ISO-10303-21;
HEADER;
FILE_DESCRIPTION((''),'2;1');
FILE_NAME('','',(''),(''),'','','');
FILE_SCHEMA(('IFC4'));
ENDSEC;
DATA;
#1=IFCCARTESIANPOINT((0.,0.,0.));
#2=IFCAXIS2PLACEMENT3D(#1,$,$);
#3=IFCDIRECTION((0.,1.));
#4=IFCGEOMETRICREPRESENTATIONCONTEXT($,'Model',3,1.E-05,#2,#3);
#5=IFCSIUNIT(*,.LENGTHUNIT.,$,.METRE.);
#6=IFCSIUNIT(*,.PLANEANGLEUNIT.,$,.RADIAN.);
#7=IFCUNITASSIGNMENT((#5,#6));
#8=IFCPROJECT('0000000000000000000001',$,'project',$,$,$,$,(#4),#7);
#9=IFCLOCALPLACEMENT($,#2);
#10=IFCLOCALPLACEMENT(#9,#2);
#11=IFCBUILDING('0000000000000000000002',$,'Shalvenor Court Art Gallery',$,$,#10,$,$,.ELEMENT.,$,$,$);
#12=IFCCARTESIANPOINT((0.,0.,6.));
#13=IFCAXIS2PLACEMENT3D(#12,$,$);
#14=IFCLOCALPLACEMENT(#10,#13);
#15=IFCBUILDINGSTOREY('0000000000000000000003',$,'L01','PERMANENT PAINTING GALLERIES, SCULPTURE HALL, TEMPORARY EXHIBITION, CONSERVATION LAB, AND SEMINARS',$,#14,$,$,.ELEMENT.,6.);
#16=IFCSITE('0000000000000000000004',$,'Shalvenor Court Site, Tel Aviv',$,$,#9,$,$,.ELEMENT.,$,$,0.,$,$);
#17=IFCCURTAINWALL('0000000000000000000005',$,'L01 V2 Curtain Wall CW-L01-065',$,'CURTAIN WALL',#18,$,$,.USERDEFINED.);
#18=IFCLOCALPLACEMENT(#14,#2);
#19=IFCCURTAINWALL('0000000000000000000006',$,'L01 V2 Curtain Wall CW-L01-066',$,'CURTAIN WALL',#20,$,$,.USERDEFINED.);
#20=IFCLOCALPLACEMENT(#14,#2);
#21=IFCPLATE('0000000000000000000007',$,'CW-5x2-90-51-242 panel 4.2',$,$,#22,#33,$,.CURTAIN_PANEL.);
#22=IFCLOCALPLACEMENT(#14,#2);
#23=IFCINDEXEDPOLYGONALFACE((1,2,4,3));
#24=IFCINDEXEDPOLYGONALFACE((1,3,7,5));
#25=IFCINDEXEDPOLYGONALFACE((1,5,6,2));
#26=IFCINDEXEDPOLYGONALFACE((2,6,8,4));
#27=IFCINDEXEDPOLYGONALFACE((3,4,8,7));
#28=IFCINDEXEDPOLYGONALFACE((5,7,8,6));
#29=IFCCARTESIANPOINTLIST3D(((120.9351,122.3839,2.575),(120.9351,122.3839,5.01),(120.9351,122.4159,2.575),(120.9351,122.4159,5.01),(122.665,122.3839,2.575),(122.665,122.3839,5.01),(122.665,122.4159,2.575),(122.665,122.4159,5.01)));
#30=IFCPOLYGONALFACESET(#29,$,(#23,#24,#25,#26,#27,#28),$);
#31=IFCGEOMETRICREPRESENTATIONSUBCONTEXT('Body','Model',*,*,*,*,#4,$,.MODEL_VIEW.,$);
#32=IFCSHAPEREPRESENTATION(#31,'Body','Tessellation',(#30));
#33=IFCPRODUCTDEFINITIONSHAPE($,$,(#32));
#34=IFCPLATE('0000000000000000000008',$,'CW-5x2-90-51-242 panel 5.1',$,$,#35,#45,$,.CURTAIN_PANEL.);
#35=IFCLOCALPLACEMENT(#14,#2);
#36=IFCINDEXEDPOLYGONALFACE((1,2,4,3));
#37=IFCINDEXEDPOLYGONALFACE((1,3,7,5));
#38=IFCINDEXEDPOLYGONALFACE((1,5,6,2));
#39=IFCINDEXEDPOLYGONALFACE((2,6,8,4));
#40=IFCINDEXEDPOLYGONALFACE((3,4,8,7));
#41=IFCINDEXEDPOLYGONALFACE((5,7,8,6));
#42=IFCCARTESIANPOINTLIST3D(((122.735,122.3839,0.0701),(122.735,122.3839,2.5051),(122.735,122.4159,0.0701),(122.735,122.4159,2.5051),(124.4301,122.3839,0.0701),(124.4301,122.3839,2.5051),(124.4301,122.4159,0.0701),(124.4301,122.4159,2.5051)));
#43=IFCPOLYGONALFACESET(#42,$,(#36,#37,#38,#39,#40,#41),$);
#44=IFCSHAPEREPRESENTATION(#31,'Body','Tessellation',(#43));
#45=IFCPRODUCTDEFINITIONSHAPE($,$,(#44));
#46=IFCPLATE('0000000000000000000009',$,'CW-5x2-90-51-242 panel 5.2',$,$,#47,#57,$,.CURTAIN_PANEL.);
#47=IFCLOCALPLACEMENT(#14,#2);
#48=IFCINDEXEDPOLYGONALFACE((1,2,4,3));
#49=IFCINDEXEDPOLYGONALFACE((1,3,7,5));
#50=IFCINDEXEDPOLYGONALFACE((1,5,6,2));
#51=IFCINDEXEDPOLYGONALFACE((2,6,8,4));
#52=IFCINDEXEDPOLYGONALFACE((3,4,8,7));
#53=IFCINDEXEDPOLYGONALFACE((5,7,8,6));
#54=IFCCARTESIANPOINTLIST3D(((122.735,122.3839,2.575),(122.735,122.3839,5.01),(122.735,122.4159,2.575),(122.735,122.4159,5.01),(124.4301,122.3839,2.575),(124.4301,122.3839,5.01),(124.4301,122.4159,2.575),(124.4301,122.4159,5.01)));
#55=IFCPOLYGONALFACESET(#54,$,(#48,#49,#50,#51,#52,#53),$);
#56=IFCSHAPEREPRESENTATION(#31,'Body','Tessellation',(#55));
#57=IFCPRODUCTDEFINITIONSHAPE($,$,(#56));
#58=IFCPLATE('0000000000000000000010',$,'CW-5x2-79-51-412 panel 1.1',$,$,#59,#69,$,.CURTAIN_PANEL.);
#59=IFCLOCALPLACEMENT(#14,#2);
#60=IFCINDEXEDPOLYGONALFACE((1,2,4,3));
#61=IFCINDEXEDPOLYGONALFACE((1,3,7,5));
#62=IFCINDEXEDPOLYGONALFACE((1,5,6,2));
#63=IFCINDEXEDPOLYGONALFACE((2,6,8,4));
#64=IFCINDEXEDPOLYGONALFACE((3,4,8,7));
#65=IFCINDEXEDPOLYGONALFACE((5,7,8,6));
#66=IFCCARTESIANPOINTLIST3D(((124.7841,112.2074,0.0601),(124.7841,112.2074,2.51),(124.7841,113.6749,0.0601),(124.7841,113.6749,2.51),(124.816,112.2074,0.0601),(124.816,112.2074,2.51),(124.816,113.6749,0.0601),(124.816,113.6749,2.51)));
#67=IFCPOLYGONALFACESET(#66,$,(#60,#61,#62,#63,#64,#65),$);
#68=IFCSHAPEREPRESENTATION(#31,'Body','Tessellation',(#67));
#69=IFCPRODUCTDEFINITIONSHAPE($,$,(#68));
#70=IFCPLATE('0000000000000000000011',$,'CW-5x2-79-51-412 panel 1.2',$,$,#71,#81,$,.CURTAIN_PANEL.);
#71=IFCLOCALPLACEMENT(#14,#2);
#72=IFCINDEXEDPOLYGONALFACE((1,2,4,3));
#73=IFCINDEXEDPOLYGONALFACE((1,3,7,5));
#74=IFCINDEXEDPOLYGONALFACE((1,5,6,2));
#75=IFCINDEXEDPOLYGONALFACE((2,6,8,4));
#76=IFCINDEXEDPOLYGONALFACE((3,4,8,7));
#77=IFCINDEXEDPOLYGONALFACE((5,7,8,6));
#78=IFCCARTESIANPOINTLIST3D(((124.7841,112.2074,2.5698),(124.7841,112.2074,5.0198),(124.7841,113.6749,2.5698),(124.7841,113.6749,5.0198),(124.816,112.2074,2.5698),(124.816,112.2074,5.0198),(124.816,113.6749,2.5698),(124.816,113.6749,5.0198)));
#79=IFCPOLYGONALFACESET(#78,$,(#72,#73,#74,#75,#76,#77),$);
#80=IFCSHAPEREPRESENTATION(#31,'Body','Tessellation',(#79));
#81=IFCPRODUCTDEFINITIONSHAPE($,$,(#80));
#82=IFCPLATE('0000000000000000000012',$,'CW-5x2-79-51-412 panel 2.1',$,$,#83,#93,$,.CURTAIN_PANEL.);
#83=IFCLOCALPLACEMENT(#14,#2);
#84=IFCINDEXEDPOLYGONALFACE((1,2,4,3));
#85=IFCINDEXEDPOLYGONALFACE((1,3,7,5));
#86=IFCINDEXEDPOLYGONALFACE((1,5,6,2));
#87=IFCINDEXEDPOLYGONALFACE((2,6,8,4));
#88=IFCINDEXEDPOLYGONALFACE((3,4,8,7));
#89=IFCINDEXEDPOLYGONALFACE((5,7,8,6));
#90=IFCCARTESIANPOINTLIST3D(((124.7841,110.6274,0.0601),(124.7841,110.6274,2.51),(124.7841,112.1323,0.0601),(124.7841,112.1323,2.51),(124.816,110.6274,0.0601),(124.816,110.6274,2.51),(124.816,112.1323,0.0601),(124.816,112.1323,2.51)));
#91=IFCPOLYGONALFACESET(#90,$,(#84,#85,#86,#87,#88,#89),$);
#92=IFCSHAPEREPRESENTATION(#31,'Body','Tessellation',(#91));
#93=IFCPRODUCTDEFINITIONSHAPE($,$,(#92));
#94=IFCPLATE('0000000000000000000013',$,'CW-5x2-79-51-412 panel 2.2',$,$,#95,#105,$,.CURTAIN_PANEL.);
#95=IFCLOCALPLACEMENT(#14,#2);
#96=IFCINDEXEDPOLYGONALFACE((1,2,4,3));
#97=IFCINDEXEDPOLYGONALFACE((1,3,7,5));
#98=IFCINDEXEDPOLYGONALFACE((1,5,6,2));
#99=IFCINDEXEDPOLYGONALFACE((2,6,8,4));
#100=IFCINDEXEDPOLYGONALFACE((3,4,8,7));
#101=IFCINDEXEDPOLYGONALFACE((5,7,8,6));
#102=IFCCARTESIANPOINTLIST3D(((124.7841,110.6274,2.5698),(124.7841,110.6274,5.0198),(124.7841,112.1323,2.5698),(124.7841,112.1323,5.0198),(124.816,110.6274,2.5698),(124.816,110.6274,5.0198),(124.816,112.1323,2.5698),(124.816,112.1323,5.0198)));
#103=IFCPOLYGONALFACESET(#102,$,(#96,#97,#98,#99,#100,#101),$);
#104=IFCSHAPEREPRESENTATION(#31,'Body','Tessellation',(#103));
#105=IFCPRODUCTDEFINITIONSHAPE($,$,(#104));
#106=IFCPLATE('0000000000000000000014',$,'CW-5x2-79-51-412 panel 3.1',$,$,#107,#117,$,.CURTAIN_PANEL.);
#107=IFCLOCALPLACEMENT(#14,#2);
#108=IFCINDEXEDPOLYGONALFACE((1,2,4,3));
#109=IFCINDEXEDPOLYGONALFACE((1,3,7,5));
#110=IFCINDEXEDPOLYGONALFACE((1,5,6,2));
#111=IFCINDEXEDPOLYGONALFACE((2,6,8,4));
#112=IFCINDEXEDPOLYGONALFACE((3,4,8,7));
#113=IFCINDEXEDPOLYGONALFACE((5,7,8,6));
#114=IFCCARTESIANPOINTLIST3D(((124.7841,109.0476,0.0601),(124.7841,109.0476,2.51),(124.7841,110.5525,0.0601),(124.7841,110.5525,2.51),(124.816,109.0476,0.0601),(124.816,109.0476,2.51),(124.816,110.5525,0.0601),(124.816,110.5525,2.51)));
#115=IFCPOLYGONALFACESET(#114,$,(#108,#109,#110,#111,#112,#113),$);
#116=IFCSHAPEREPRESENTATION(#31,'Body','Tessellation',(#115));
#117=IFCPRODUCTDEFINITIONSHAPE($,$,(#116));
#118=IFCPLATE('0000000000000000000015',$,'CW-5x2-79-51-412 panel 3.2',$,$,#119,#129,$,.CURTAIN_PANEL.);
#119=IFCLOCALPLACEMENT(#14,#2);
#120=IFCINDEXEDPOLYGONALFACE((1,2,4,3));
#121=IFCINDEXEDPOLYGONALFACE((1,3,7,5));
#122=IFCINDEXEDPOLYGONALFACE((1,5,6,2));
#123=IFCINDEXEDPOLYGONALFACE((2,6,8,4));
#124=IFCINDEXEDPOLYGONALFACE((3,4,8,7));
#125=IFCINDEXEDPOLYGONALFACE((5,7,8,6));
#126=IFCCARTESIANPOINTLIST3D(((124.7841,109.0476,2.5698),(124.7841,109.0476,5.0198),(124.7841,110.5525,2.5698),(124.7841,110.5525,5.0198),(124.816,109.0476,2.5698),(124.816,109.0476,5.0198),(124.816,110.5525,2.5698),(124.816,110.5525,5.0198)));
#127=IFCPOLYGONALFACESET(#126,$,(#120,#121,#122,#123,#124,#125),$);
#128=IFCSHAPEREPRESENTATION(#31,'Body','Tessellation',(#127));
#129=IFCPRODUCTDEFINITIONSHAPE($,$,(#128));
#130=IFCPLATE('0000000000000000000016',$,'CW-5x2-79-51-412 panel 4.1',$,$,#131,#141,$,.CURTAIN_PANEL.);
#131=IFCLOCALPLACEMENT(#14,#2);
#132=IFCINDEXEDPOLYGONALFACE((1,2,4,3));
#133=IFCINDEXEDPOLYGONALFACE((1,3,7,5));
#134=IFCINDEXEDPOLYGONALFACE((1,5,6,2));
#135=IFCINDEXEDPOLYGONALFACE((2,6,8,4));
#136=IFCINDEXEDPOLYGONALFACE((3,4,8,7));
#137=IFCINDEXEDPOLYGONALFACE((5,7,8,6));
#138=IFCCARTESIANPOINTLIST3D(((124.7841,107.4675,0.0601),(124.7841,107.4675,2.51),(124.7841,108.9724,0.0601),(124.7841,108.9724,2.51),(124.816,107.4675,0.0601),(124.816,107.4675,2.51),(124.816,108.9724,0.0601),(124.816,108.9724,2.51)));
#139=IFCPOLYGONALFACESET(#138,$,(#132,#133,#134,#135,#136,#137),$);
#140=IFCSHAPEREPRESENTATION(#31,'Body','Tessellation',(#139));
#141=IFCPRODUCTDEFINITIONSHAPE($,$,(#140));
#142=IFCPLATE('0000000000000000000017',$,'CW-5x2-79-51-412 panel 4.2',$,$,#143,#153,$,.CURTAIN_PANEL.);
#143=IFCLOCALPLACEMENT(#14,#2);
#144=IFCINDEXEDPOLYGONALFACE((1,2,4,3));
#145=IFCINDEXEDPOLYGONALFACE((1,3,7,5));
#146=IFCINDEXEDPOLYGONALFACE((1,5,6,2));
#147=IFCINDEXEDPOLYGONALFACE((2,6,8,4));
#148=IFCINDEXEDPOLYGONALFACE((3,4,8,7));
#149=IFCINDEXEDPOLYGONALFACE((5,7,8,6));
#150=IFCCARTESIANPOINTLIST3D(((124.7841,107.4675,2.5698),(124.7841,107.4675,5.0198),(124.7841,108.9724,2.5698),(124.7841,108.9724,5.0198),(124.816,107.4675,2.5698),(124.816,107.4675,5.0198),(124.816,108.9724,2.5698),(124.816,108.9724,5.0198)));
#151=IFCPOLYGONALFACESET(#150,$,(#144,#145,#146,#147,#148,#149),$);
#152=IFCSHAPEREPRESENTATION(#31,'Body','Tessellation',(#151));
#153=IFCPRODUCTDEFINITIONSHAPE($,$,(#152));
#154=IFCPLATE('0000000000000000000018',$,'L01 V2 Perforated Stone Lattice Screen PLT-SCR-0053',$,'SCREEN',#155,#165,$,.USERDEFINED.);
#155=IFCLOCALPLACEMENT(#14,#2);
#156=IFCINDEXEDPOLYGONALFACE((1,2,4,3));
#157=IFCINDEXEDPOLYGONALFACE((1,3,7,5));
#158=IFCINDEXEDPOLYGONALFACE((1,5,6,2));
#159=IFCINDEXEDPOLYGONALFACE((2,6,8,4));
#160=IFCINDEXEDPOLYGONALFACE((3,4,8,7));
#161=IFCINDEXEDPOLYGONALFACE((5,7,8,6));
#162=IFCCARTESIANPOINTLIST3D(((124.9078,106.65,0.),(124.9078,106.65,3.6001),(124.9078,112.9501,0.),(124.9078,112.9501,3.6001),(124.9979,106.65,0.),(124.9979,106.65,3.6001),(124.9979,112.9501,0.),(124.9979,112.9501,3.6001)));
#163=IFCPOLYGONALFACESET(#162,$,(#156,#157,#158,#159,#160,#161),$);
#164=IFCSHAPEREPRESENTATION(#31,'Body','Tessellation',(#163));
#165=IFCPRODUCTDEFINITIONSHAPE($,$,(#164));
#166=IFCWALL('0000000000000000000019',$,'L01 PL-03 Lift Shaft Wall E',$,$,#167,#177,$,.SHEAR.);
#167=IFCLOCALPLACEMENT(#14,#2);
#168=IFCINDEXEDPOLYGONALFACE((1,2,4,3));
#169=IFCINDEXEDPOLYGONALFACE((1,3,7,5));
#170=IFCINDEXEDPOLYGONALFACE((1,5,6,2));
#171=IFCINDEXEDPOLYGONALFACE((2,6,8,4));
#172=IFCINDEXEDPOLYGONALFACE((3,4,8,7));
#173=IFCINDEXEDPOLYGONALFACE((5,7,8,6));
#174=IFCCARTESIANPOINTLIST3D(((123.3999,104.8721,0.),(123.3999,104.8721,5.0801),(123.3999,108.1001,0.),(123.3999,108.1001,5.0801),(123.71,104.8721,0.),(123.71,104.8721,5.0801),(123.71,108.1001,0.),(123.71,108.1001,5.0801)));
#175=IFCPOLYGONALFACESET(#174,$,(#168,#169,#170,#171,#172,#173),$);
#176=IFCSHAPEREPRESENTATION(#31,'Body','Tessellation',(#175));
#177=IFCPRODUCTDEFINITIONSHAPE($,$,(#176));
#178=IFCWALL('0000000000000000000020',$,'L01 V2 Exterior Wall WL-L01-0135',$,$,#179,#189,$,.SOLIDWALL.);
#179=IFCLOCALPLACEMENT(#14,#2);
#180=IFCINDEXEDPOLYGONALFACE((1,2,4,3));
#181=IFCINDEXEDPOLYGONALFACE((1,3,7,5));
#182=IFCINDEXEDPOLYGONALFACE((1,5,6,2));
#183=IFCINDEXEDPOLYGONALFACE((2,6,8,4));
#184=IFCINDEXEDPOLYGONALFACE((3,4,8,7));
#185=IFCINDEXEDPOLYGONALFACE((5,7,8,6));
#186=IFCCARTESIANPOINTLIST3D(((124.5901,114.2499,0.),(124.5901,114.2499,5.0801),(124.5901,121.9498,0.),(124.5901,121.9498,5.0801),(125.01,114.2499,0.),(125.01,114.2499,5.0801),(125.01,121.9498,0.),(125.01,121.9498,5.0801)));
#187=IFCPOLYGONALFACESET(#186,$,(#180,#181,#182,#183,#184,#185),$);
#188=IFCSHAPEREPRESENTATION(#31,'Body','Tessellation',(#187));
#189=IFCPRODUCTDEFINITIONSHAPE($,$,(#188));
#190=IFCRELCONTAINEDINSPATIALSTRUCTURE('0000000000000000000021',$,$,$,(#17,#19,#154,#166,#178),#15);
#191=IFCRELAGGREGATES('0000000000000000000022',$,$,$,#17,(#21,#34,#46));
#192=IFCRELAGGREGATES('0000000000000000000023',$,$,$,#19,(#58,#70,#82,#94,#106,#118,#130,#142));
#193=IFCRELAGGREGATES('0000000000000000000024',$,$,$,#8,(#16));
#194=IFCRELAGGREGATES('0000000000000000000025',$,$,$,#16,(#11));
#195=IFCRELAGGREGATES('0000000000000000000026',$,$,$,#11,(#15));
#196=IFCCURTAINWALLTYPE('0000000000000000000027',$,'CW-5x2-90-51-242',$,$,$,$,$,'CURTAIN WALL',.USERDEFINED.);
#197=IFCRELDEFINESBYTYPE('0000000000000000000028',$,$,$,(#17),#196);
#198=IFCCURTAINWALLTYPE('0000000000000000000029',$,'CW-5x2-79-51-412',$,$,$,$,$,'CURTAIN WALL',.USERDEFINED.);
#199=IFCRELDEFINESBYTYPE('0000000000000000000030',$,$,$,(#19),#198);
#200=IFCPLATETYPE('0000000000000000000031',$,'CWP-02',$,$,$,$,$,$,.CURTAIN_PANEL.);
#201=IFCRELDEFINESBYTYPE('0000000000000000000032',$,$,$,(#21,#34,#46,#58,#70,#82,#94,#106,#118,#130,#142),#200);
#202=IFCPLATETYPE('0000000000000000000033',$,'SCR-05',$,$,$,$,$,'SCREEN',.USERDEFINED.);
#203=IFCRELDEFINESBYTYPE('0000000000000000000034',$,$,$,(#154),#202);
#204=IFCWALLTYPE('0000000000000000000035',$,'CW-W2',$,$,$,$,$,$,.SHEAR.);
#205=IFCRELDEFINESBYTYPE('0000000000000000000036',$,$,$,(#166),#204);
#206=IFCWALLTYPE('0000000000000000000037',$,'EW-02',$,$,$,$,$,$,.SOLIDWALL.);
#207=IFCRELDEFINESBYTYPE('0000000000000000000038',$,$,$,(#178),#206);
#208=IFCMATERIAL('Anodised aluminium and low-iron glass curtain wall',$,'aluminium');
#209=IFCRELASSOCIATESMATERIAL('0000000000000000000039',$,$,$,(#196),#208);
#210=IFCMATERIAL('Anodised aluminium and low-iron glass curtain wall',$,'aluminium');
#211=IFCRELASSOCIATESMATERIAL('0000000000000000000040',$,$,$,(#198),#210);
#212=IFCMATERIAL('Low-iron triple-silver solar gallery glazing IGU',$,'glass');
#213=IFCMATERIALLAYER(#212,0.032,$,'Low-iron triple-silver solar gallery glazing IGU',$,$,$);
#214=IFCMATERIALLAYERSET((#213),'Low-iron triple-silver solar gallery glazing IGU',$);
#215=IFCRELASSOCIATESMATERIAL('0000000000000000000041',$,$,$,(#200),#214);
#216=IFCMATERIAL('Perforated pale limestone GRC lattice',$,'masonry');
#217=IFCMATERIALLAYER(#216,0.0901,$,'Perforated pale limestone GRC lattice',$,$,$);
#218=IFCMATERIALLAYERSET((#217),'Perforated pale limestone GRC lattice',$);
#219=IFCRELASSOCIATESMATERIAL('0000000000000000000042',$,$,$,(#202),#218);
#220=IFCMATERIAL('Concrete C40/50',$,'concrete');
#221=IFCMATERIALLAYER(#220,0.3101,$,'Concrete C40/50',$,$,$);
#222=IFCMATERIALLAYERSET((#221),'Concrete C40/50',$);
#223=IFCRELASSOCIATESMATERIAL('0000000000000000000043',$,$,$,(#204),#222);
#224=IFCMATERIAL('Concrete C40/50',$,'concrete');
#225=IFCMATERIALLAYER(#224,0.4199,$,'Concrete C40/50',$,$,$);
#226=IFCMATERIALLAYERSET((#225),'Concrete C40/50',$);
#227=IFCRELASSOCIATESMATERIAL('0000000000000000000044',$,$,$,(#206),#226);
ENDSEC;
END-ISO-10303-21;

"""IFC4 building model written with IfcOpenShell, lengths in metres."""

from ifc_helpers import new_model, si_unit, direction, frame, frame_2d, origin, origin_2d, place, context, subcontext, project, spatial, rectangle, extrude, material, layer, layer_set, type_object, element, aggregate, save


model = new_model("IFC4")

# Units and contexts
model_context = context("Model", 3, precision=1e-05, world=origin(), true_north=direction((0.0, 1.0)))
body_context = subcontext(model_context, "Body", "Model", "MODEL_VIEW")
ifc_project = project(units=[si_unit("LENGTHUNIT", "METRE"), si_unit("PLANEANGLEUNIT", "RADIAN")], contexts=[model_context])

# Site, building, storey
site_placement = place(None, origin())
site = spatial("IfcSite", under=ifc_project, at=site_placement, Name="Shalvenor Court Site, Tel Aviv", CompositionType="ELEMENT", RefElevation=0.0)
building_placement = place(site_placement, origin())
building = spatial("IfcBuilding", under=site, at=building_placement, Name="Shalvenor Court Art Gallery", CompositionType="ELEMENT")
storey_placement = place(building_placement, frame((0.0, 0.0, 6.0)))
storey = spatial("IfcBuildingStorey", under=building, at=storey_placement, Name="L01", Description="PERMANENT PAINTING GALLERIES, SCULPTURE HALL, TEMPORARY EXHIBITION, CONSERVATION LAB, AND SEMINARS", CompositionType="ELEMENT", Elevation=6.0)

# Curtain walls
ifc_material_1 = material(Name="Anodised aluminium and low-iron glass curtain wall", Category="aluminium")
curtain_wall_type_1 = type_object("IfcCurtainWallType", Name="CW-5x2-90-51-242", ElementType="CURTAIN WALL", PredefinedType="USERDEFINED", material=ifc_material_1)
curtain_wall_1_placement = place(storey_placement, origin())
curtain_wall_1 = element("IfcCurtainWall", 1, at=curtain_wall_1_placement, inside=storey, type_object=curtain_wall_type_1, Name="L01 V2 Curtain Wall CW-L01-065", ObjectType="CURTAIN WALL", PredefinedType="USERDEFINED")
ifc_material_2 = material(Name="Anodised aluminium and low-iron glass curtain wall", Category="aluminium")
curtain_wall_type_2 = type_object("IfcCurtainWallType", Name="CW-5x2-79-51-412", ElementType="CURTAIN WALL", PredefinedType="USERDEFINED", material=ifc_material_2)
curtain_wall_2_placement = place(storey_placement, origin())
curtain_wall_2 = element("IfcCurtainWall", 2, at=curtain_wall_2_placement, inside=storey, type_object=curtain_wall_type_2, Name="L01 V2 Curtain Wall CW-L01-066", ObjectType="CURTAIN WALL", PredefinedType="USERDEFINED")

# Plates
ifc_material_3 = material(Name="Low-iron triple-silver solar gallery glazing IGU", Category="glass")
ifc_layer_1 = layer(ifc_material_3, 0.032, Name="Low-iron triple-silver solar gallery glazing IGU")
ifc_layer_set_1 = layer_set([ifc_layer_1], Name="Low-iron triple-silver solar gallery glazing IGU")
plate_type_1 = type_object("IfcPlateType", Name="CWP-02", PredefinedType="CURTAIN_PANEL", material=ifc_layer_set_1)
plate_1_placement = place(storey_placement, frame((121.8, 122.3999, 2.575), z_axis=(0.0, 0.0, 1.0), x_axis=(1.0, 0.0, 0.0)))
plate_1 = element("IfcPlate", 3, at=plate_1_placement, type_object=plate_type_1, Name="CW-5x2-90-51-242 panel 4.2", PredefinedType="CURTAIN_PANEL", context=body_context, shape_type="SweptSolid", body=[
    extrude(rectangle(XDim=1.73, YDim=0.032, at=origin_2d()), origin(), (0.0, 0.0, 1.0), 2.4351),
])
plate_2_placement = place(storey_placement, frame((123.5825, 122.3999, 0.0701), z_axis=(0.0, 0.0, 1.0), x_axis=(1.0, 0.0, 0.0)))
plate_2 = element("IfcPlate", 4, at=plate_2_placement, type_object=plate_type_1, Name="CW-5x2-90-51-242 panel 5.1", PredefinedType="CURTAIN_PANEL", context=body_context, shape_type="SweptSolid", body=[
    extrude(rectangle(XDim=1.6951, YDim=0.032, at=origin_2d()), origin(), (0.0, 0.0, 1.0), 2.4351),
])
plate_3_placement = place(storey_placement, frame((123.5825, 122.3999, 2.575), z_axis=(0.0, 0.0, 1.0), x_axis=(1.0, 0.0, 0.0)))
plate_3 = element("IfcPlate", 5, at=plate_3_placement, type_object=plate_type_1, Name="CW-5x2-90-51-242 panel 5.2", PredefinedType="CURTAIN_PANEL", context=body_context, shape_type="SweptSolid", body=[
    extrude(rectangle(XDim=1.6951, YDim=0.032, at=origin_2d()), origin(), (0.0, 0.0, 1.0), 2.4351),
])
aggregate(curtain_wall_1, [plate_1, plate_2, plate_3])
plate_4_placement = place(storey_placement, frame((124.8, 112.9412, 0.0601), z_axis=(0.0, 0.0, 1.0), x_axis=(0.0, -1.0, 0.0)))
plate_4 = element("IfcPlate", 6, at=plate_4_placement, type_object=plate_type_1, Name="CW-5x2-79-51-412 panel 1.1", PredefinedType="CURTAIN_PANEL", context=body_context, shape_type="SweptSolid", body=[
    extrude(rectangle(XDim=1.4675, YDim=0.032, at=origin_2d()), origin(), (0.0, 0.0, 1.0), 2.45),
])
plate_5_placement = place(storey_placement, frame((124.8, 112.9412, 2.5698), z_axis=(0.0, 0.0, 1.0), x_axis=(0.0, -1.0, 0.0)))
plate_5 = element("IfcPlate", 7, at=plate_5_placement, type_object=plate_type_1, Name="CW-5x2-79-51-412 panel 1.2", PredefinedType="CURTAIN_PANEL", context=body_context, shape_type="SweptSolid", body=[
    extrude(rectangle(XDim=1.4675, YDim=0.032, at=origin_2d()), origin(), (0.0, 0.0, 1.0), 2.45),
])
plate_6_placement = place(storey_placement, frame((124.8, 111.3799, 0.0601), z_axis=(0.0, 0.0, 1.0), x_axis=(0.0, -1.0, 0.0)))
plate_6 = element("IfcPlate", 8, at=plate_6_placement, type_object=plate_type_1, Name="CW-5x2-79-51-412 panel 2.1", PredefinedType="CURTAIN_PANEL", context=body_context, shape_type="SweptSolid", body=[
    extrude(rectangle(XDim=1.5049, YDim=0.032, at=origin_2d()), origin(), (0.0, 0.0, 1.0), 2.45),
])
plate_7_placement = place(storey_placement, frame((124.8, 111.3799, 2.5698), z_axis=(0.0, 0.0, 1.0), x_axis=(0.0, -1.0, 0.0)))
plate_7 = element("IfcPlate", 9, at=plate_7_placement, type_object=plate_type_1, Name="CW-5x2-79-51-412 panel 2.2", PredefinedType="CURTAIN_PANEL", context=body_context, shape_type="SweptSolid", body=[
    extrude(rectangle(XDim=1.5049, YDim=0.032, at=origin_2d()), origin(), (0.0, 0.0, 1.0), 2.45),
])
plate_8_placement = place(storey_placement, frame((124.8, 109.8, 0.0601), z_axis=(0.0, 0.0, 1.0), x_axis=(0.0, -1.0, 0.0)))
plate_8 = element("IfcPlate", 10, at=plate_8_placement, type_object=plate_type_1, Name="CW-5x2-79-51-412 panel 3.1", PredefinedType="CURTAIN_PANEL", context=body_context, shape_type="SweptSolid", body=[
    extrude(rectangle(XDim=1.5049, YDim=0.032, at=origin_2d()), origin(), (0.0, 0.0, 1.0), 2.45),
])
plate_9_placement = place(storey_placement, frame((124.8, 109.8, 2.5698), z_axis=(0.0, 0.0, 1.0), x_axis=(0.0, -1.0, 0.0)))
plate_9 = element("IfcPlate", 11, at=plate_9_placement, type_object=plate_type_1, Name="CW-5x2-79-51-412 panel 3.2", PredefinedType="CURTAIN_PANEL", context=body_context, shape_type="SweptSolid", body=[
    extrude(rectangle(XDim=1.5049, YDim=0.032, at=origin_2d()), origin(), (0.0, 0.0, 1.0), 2.45),
])
plate_10_placement = place(storey_placement, frame((124.8, 108.22, 0.0601), z_axis=(0.0, 0.0, 1.0), x_axis=(0.0, -1.0, 0.0)))
plate_10 = element("IfcPlate", 12, at=plate_10_placement, type_object=plate_type_1, Name="CW-5x2-79-51-412 panel 4.1", PredefinedType="CURTAIN_PANEL", context=body_context, shape_type="SweptSolid", body=[
    extrude(rectangle(XDim=1.5049, YDim=0.032, at=origin_2d()), origin(), (0.0, 0.0, 1.0), 2.45),
])
plate_11_placement = place(storey_placement, frame((124.8, 108.22, 2.5698), z_axis=(0.0, 0.0, 1.0), x_axis=(0.0, -1.0, 0.0)))
plate_11 = element("IfcPlate", 13, at=plate_11_placement, type_object=plate_type_1, Name="CW-5x2-79-51-412 panel 4.2", PredefinedType="CURTAIN_PANEL", context=body_context, shape_type="SweptSolid", body=[
    extrude(rectangle(XDim=1.5049, YDim=0.032, at=origin_2d()), origin(), (0.0, 0.0, 1.0), 2.45),
])
aggregate(curtain_wall_2, [plate_4, plate_5, plate_6, plate_7, plate_8, plate_9, plate_10, plate_11])
ifc_material_4 = material(Name="Perforated pale limestone GRC lattice", Category="masonry")
ifc_layer_2 = layer(ifc_material_4, 0.0901, Name="Perforated pale limestone GRC lattice")
ifc_layer_set_2 = layer_set([ifc_layer_2], Name="Perforated pale limestone GRC lattice")
plate_type_2 = type_object("IfcPlateType", Name="SCR-05", ElementType="SCREEN", PredefinedType="USERDEFINED", material=ifc_layer_set_2)
plate_12_placement = place(storey_placement, frame((124.9529, 109.8, 0.0), z_axis=(0.0, 0.0, 1.0), x_axis=(0.0, -1.0, 0.0)))
element("IfcPlate", 14, at=plate_12_placement, inside=storey, type_object=plate_type_2, Name="L01 V2 Perforated Stone Lattice Screen PLT-SCR-0053", ObjectType="SCREEN", PredefinedType="USERDEFINED", context=body_context, shape_type="SweptSolid", body=[
    extrude(rectangle(XDim=6.3, YDim=0.0901, at=origin_2d()), origin(), (0.0, 0.0, 1.0), 3.6001),
])

# Walls
ifc_material_5 = material(Name="Concrete C40/50", Category="concrete")
ifc_layer_3 = layer(ifc_material_5, 0.3101, Name="Concrete C40/50")
ifc_layer_set_3 = layer_set([ifc_layer_3], Name="Concrete C40/50")
wall_type_1 = type_object("IfcWallType", Name="CW-W2", PredefinedType="SHEAR", material=ifc_layer_set_3)
wall_1_placement = place(storey_placement, frame((123.5549, 108.1001, 0.0), z_axis=(0.0, 0.0, 1.0), x_axis=(0.0, -1.0, 0.0)))
element("IfcWall", 15, at=wall_1_placement, inside=storey, type_object=wall_type_1, Name="L01 PL-03 Lift Shaft Wall E", PredefinedType="SHEAR", context=body_context, shape_type="SweptSolid", body=[
    extrude(rectangle(XDim=3.228, YDim=0.3101, at=frame_2d((1.614, 0.0))), origin(), (0.0, 0.0, 1.0), 5.0801),
])
ifc_material_6 = material(Name="Concrete C40/50", Category="concrete")
ifc_layer_4 = layer(ifc_material_6, 0.4199, Name="Concrete C40/50")
ifc_layer_set_4 = layer_set([ifc_layer_4], Name="Concrete C40/50")
wall_type_2 = type_object("IfcWallType", Name="EW-02", PredefinedType="SOLIDWALL", material=ifc_layer_set_4)
wall_2_placement = place(storey_placement, frame((124.8, 121.95, 0.0), z_axis=(0.0, 0.0, 1.0), x_axis=(0.0, -1.0, 0.0)))
element("IfcWall", 16, at=wall_2_placement, inside=storey, type_object=wall_type_2, Name="L01 V2 Exterior Wall WL-L01-0135", PredefinedType="SOLIDWALL", context=body_context, shape_type="SweptSolid", body=[
    extrude(rectangle(XDim=7.7, YDim=0.4199, at=frame_2d((3.8501, 0.0))), origin(), (0.0, 0.0, 1.0), 5.0801),
])

save(model, "model.ifc")
